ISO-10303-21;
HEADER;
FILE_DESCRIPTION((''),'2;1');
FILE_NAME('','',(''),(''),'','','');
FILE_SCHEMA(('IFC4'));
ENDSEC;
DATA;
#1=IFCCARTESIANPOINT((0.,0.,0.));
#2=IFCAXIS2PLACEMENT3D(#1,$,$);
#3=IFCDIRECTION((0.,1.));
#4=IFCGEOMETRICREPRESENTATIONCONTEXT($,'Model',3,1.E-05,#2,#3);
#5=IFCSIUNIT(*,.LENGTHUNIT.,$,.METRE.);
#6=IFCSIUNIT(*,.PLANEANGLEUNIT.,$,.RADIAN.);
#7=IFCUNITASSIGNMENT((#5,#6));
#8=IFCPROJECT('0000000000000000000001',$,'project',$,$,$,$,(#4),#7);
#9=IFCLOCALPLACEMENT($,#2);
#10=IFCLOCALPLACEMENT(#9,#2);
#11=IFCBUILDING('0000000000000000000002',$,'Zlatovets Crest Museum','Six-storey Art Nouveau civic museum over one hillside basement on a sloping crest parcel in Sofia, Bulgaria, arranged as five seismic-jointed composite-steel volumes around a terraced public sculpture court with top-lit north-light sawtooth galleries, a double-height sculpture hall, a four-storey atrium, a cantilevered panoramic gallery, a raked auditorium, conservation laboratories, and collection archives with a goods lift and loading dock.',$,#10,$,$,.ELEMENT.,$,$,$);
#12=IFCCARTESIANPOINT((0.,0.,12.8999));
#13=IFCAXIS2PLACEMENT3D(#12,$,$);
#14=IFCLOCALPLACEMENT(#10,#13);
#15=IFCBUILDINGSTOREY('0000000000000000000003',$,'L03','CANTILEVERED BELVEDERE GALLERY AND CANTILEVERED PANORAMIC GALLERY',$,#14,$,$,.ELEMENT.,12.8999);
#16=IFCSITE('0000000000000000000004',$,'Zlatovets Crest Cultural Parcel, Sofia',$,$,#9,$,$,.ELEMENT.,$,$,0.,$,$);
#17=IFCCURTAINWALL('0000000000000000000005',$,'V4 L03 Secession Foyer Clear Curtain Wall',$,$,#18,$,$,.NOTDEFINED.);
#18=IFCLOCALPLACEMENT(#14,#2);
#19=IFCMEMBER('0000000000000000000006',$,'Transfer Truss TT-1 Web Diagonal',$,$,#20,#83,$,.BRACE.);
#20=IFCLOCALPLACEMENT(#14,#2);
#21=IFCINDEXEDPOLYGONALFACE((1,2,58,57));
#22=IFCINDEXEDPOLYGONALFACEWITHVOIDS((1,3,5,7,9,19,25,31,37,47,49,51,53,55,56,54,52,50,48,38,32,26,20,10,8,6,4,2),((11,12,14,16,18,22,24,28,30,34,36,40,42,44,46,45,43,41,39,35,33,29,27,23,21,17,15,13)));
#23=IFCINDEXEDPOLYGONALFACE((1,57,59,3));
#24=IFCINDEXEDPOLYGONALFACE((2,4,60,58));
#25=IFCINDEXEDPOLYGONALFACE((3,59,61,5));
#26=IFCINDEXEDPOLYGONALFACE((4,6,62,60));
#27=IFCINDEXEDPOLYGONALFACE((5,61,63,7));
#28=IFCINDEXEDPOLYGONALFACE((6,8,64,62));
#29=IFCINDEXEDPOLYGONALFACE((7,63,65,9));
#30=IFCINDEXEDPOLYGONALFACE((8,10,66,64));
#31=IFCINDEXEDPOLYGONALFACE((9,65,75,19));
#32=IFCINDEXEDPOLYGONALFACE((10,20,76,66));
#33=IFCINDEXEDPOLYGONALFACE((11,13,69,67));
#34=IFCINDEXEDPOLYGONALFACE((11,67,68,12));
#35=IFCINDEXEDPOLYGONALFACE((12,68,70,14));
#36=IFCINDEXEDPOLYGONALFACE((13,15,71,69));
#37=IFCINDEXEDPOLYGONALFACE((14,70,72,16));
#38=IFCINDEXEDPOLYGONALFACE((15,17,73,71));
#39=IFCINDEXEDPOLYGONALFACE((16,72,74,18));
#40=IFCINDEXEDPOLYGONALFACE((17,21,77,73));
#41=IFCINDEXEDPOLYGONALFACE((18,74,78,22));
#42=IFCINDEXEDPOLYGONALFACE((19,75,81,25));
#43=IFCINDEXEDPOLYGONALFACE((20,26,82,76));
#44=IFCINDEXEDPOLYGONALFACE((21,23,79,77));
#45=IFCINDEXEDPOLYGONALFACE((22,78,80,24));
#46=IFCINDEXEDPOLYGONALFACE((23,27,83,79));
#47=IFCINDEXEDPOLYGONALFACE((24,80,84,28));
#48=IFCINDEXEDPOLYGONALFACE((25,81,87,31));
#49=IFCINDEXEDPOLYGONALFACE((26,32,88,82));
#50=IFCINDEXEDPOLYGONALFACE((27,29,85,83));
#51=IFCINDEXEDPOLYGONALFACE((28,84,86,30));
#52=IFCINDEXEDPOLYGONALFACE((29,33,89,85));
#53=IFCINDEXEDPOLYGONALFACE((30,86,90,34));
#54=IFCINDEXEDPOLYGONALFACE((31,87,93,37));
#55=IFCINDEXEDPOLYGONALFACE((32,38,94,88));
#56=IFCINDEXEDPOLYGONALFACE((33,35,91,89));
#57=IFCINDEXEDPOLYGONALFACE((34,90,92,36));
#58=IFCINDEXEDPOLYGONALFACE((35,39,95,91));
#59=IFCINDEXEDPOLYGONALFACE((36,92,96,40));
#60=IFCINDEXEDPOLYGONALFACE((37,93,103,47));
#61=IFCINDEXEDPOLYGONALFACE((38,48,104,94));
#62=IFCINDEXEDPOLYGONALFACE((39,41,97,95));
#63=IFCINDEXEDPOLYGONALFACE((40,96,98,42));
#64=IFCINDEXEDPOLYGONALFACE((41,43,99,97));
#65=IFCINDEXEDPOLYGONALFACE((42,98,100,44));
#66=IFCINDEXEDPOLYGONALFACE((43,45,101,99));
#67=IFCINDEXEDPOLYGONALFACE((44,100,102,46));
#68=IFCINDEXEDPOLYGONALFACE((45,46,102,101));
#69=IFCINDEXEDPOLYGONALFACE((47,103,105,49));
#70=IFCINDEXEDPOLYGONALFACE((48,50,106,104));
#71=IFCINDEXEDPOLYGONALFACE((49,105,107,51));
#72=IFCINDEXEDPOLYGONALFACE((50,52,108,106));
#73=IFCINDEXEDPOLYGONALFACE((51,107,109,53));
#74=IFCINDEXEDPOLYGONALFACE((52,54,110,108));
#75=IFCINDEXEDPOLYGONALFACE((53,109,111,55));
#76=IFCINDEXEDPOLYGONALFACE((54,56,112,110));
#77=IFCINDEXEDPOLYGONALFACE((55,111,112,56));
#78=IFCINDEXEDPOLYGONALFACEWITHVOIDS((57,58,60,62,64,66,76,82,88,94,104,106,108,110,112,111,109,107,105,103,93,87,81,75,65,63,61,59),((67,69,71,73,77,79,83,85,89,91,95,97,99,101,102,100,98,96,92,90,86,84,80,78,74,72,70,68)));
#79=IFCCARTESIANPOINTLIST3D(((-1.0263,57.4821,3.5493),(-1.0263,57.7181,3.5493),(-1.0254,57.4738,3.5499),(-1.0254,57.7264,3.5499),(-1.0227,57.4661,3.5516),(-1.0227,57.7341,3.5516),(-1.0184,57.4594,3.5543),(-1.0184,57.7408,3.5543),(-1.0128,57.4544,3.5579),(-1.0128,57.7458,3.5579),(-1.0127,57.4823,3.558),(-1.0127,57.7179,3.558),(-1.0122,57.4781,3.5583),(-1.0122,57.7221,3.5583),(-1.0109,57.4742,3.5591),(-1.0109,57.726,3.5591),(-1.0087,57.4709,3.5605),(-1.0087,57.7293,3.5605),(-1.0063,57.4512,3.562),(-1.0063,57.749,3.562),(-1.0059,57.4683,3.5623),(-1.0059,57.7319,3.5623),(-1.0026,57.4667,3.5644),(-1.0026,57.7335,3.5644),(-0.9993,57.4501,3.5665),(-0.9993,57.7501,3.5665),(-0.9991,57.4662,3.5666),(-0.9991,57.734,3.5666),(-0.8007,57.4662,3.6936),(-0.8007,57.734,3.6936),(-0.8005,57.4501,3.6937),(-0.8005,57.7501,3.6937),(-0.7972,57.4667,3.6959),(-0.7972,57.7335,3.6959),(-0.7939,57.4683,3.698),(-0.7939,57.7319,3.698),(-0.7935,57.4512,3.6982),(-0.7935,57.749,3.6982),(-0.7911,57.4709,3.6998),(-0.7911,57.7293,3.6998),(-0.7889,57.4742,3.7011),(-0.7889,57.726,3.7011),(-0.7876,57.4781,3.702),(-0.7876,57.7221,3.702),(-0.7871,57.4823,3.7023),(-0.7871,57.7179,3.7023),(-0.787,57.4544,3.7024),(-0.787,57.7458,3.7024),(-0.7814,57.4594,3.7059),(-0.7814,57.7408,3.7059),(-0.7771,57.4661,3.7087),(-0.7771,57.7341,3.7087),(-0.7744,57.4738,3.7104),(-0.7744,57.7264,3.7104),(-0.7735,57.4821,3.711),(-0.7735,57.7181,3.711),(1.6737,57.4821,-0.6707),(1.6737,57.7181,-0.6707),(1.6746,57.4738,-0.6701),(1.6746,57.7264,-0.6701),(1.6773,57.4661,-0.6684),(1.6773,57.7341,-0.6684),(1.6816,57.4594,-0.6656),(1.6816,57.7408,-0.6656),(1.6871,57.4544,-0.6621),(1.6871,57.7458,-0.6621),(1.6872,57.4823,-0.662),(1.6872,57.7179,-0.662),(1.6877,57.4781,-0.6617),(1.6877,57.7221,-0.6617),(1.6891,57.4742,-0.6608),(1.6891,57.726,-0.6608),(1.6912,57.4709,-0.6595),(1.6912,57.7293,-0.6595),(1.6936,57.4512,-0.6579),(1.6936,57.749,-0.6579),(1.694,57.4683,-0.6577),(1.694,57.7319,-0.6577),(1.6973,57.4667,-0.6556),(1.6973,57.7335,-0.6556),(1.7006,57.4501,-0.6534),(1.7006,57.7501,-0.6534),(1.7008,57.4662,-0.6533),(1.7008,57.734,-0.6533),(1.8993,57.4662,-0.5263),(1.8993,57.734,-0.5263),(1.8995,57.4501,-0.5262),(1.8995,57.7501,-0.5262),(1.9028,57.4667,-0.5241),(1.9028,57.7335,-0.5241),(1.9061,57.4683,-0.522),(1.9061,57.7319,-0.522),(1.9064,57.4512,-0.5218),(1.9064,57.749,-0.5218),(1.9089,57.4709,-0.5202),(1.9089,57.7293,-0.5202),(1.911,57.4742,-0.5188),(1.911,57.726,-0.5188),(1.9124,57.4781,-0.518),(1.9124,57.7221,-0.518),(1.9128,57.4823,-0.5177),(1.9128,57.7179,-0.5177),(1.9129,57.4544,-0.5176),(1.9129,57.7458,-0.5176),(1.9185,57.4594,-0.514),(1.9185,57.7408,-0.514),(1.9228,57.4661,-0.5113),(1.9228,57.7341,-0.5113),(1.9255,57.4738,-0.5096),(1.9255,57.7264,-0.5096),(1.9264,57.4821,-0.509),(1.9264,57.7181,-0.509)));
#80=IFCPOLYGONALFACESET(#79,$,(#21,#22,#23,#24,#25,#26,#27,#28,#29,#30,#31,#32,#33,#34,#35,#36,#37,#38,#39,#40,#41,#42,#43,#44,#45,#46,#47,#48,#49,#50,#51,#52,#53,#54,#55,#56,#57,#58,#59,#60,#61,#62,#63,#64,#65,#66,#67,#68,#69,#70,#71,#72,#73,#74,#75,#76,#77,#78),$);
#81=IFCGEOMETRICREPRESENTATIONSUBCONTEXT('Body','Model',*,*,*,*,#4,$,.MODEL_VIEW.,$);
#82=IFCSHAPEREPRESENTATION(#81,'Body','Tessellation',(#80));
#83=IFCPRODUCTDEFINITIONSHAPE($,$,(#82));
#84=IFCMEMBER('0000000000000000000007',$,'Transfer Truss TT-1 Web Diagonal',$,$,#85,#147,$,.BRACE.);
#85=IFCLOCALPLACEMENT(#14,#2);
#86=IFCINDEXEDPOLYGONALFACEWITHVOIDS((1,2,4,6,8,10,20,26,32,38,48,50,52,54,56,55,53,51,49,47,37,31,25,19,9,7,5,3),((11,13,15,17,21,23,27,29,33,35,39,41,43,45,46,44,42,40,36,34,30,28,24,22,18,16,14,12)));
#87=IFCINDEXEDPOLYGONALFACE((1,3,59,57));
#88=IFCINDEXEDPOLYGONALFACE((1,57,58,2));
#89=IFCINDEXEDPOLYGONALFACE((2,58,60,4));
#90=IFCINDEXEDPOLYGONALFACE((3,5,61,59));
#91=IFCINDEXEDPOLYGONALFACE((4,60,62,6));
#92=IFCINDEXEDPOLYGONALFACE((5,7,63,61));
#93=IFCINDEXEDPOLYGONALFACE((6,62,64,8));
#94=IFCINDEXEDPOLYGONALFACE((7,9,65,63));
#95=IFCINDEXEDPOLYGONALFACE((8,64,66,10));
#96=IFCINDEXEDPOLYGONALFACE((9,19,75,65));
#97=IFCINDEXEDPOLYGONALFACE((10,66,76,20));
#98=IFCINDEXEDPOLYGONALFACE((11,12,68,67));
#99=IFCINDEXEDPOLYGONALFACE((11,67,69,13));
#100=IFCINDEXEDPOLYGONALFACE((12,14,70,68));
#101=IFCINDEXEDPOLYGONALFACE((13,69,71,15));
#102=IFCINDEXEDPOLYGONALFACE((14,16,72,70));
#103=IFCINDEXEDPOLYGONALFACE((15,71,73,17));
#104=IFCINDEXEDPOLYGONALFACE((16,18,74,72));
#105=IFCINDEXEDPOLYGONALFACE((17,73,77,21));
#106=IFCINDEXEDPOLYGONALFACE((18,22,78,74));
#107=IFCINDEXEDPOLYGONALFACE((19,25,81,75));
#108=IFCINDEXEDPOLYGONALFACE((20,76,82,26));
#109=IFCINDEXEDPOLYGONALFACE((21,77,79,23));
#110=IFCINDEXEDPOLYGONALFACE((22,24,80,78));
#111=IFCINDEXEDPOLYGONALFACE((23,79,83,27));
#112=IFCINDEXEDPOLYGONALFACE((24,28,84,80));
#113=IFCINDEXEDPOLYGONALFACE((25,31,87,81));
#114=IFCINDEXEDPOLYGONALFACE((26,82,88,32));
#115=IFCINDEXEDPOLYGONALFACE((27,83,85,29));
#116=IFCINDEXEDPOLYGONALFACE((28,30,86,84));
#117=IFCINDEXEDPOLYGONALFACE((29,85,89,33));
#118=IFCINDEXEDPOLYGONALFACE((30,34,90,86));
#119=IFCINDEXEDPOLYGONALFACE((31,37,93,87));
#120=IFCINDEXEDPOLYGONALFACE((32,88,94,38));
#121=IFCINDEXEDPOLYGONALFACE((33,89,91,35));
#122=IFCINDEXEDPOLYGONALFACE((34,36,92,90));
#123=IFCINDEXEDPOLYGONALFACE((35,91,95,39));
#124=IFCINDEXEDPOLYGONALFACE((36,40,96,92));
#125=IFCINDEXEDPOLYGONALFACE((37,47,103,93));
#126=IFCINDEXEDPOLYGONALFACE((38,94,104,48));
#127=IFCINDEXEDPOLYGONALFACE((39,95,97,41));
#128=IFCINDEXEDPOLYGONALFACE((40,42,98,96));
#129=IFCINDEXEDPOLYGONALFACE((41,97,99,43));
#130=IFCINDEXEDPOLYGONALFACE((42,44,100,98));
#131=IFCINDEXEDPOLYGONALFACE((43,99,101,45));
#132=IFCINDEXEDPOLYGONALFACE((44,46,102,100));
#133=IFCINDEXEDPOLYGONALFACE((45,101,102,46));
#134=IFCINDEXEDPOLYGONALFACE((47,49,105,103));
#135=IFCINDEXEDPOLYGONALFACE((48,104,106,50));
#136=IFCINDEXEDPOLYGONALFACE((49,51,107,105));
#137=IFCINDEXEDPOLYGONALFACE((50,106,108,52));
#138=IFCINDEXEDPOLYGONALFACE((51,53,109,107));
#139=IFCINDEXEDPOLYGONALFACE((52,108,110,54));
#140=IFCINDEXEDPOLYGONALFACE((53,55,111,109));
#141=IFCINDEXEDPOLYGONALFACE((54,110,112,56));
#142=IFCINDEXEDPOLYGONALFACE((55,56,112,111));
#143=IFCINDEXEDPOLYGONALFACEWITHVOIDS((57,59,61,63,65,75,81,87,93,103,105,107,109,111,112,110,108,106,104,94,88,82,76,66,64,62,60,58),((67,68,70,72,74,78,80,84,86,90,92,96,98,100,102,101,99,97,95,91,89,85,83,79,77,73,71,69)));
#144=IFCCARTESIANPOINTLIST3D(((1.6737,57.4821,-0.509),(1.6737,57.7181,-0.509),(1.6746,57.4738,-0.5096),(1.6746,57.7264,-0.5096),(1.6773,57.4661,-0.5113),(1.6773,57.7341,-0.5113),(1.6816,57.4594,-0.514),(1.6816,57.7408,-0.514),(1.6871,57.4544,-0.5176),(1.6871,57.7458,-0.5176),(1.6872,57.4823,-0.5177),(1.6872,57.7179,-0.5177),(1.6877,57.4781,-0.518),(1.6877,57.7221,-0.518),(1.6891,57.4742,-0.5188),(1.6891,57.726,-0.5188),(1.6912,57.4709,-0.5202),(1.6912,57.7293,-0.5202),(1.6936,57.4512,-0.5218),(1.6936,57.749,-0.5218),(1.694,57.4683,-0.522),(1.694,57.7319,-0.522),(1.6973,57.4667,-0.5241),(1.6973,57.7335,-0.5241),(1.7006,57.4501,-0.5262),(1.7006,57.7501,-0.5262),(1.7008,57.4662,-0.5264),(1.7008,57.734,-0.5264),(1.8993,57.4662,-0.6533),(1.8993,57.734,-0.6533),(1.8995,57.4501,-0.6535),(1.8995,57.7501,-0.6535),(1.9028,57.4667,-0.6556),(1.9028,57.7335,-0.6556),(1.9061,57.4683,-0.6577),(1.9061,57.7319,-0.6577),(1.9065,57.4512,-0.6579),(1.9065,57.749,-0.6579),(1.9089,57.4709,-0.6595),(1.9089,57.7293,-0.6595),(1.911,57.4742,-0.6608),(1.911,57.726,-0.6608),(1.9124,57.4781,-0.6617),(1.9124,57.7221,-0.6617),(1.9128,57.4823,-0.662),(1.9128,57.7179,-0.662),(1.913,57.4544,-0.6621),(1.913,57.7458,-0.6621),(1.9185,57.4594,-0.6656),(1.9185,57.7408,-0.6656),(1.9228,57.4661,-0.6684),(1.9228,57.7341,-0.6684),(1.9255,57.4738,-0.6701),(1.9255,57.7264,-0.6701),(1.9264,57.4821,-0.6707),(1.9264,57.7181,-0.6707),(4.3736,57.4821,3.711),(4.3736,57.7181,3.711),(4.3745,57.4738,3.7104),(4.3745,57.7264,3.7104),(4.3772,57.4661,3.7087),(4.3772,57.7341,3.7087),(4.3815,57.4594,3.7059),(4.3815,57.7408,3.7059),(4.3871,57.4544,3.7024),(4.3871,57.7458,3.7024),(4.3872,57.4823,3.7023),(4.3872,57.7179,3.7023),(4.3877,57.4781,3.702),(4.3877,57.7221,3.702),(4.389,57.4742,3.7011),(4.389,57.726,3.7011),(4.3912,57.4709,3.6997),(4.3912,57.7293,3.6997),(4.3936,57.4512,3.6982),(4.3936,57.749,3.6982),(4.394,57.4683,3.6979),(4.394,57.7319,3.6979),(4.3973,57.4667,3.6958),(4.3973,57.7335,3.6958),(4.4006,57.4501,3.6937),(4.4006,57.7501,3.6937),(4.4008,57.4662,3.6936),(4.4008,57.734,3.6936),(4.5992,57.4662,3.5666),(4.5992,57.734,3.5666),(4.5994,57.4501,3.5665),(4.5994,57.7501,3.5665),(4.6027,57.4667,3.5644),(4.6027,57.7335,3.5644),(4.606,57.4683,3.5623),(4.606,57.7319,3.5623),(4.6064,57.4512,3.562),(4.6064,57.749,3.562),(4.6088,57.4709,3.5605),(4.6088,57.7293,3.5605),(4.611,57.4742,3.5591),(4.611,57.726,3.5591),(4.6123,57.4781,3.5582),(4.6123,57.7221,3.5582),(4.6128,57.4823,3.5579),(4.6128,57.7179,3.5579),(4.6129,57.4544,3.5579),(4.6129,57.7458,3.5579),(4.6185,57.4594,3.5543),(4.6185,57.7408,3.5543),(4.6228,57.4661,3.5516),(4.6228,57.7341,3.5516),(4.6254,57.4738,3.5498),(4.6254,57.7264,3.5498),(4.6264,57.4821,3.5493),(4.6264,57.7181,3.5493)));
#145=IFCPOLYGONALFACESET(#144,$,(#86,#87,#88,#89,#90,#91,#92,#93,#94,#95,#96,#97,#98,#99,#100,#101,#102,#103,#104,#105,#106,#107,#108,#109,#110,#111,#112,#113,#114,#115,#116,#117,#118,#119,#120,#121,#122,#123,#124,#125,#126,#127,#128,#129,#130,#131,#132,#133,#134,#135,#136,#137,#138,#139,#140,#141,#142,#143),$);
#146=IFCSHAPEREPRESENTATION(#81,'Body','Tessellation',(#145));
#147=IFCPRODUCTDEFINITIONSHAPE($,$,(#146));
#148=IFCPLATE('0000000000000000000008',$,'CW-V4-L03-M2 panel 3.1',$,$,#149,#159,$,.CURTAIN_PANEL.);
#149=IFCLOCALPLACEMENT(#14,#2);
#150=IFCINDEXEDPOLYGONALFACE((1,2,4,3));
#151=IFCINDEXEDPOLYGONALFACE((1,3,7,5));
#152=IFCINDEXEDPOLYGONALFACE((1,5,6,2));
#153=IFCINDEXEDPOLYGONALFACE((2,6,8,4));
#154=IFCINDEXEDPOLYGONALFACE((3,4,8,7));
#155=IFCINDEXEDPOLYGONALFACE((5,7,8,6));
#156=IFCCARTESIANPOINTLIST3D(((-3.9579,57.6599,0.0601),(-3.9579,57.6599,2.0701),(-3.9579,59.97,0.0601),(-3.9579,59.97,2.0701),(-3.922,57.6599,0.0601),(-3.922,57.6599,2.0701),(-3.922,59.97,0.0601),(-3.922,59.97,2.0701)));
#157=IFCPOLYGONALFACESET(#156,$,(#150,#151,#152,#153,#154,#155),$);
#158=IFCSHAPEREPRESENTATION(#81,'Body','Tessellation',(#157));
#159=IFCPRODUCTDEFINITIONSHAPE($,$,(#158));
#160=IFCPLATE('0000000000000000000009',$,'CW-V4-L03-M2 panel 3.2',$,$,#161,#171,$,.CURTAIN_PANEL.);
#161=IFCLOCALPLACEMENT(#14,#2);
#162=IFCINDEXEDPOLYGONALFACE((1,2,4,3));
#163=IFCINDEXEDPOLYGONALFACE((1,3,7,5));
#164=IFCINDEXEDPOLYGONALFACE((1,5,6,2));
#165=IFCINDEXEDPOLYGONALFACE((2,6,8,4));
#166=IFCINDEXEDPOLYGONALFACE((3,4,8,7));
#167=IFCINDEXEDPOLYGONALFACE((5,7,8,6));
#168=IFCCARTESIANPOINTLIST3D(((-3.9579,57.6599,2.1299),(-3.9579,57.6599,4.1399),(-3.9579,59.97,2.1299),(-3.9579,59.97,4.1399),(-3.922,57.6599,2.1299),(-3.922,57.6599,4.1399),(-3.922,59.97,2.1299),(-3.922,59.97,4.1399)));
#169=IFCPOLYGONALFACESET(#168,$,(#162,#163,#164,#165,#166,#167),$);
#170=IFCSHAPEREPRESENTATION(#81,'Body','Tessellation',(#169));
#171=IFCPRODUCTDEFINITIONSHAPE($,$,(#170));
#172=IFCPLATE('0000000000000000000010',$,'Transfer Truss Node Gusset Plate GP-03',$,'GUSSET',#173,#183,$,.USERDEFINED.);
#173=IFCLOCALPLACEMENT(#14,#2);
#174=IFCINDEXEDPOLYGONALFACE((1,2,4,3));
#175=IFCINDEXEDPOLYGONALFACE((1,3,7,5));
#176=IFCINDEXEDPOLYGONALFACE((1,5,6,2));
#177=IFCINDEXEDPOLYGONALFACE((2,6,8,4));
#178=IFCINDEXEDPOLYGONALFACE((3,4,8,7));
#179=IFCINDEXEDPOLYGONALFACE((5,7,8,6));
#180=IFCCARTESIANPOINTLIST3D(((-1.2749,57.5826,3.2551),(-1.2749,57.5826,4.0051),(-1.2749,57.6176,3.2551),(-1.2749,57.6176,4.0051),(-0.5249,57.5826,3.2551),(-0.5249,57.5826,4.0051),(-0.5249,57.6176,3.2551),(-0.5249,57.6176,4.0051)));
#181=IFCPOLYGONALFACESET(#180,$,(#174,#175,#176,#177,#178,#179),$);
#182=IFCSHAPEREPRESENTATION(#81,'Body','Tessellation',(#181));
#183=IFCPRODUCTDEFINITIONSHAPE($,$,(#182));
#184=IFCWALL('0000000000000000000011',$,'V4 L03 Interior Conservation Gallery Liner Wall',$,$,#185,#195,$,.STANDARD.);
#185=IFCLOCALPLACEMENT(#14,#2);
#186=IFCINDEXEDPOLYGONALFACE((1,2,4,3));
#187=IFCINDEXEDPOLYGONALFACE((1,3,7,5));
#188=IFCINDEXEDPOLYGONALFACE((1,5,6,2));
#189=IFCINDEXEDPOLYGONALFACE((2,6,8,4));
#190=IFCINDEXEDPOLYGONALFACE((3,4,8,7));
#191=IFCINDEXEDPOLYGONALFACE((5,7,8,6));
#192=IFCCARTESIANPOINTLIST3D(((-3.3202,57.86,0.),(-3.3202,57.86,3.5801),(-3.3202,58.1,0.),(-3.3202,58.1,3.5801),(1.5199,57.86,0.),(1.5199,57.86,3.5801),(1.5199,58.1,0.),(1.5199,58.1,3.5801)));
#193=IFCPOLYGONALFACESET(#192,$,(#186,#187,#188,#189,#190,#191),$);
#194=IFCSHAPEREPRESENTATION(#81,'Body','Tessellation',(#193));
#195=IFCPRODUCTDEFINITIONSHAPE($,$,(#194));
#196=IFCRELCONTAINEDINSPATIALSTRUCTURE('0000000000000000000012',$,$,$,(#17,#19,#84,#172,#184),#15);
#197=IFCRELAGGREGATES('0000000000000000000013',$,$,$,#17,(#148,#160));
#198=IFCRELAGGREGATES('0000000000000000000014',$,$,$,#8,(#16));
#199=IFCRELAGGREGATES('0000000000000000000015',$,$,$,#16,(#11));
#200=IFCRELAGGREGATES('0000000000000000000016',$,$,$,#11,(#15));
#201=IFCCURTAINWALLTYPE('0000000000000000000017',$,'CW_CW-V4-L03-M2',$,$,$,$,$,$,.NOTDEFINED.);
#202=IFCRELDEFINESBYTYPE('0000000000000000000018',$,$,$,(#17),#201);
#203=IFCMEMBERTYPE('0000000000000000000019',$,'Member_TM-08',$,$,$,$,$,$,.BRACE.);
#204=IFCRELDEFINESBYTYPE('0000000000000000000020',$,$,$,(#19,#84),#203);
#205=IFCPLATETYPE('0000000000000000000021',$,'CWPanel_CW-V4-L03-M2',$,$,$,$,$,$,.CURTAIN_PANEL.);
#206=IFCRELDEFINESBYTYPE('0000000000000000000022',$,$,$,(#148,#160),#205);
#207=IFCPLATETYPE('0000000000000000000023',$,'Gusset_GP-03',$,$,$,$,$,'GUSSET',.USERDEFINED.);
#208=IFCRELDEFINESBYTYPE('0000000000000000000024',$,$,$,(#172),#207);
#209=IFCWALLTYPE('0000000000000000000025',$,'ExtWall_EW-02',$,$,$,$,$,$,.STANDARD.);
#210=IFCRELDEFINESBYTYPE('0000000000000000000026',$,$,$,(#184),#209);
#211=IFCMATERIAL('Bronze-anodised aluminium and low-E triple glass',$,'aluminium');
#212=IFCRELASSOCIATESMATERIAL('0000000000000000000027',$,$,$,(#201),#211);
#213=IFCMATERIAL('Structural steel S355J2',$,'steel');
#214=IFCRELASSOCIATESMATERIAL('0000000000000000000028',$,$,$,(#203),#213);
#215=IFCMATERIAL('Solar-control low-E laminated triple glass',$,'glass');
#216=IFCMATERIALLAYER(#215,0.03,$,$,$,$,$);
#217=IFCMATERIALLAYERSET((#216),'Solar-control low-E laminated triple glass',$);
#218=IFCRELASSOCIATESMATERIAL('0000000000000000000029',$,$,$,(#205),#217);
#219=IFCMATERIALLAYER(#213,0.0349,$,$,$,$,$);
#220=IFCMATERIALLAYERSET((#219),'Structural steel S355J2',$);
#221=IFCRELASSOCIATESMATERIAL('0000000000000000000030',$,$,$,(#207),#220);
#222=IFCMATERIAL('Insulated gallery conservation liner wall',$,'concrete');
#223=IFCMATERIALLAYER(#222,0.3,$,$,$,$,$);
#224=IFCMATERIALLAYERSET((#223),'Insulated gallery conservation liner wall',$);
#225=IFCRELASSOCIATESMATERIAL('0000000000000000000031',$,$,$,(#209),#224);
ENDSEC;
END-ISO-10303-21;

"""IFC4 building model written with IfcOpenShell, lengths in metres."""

from ifc_helpers import new_model, si_unit, direction, frame, frame_2d, origin, origin_2d, place, context, subcontext, project, spatial, rectangle, hollow_rectangle, extrude, material, layer, layer_set, material_profile, profile_set, type_object, element, aggregate, save


model = new_model("IFC4")

# Units and contexts
model_context = context("Model", 3, precision=1e-05, world=origin(), true_north=direction((0.0, 1.0)))
body_context = subcontext(model_context, "Body", "Model", "MODEL_VIEW")
ifc_project = project(units=[si_unit("LENGTHUNIT", "METRE"), si_unit("PLANEANGLEUNIT", "RADIAN")], contexts=[model_context])

# Site, building, storey
site_placement = place(None, origin())
site = spatial("IfcSite", under=ifc_project, at=site_placement, Name="Zlatovets Crest Cultural Parcel, Sofia", CompositionType="ELEMENT", RefElevation=0.0)
building_placement = place(site_placement, origin())
building = spatial("IfcBuilding", under=site, at=building_placement, Name="Zlatovets Crest Museum", Description="Six-storey Art Nouveau civic museum over one hillside basement on a sloping crest parcel in Sofia, Bulgaria, arranged as five seismic-jointed composite-steel volumes around a terraced public sculpture court with top-lit north-light sawtooth galleries, a double-height sculpture hall, a four-storey atrium, a cantilevered panoramic gallery, a raked auditorium, conservation laboratories, and collection archives with a goods lift and loading dock.", CompositionType="ELEMENT")
storey_placement = place(building_placement, frame((0.0, 0.0, 12.8999)))
storey = spatial("IfcBuildingStorey", under=building, at=storey_placement, Name="L03", Description="CANTILEVERED BELVEDERE GALLERY AND CANTILEVERED PANORAMIC GALLERY", CompositionType="ELEMENT", Elevation=12.8999)

# Shared definitions
ifc_material_1 = material(Name="Structural steel S355J2", Category="steel")

# Curtain wall
ifc_material_2 = material(Name="Bronze-anodised aluminium and low-E triple glass", Category="aluminium")
curtain_wall_type = type_object("IfcCurtainWallType", Name="CW_CW-V4-L03-M2", PredefinedType="NOTDEFINED", material=ifc_material_2)
curtain_wall_placement = place(storey_placement, origin())
curtain_wall = element("IfcCurtainWall", 1, at=curtain_wall_placement, inside=storey, type_object=curtain_wall_type, Name="V4 L03 Secession Foyer Clear Curtain Wall", PredefinedType="NOTDEFINED")

# Members
ifc_material_profile_1 = material_profile(ifc_material_1, hollow_rectangle(XDim=0.3, YDim=0.3, WallThickness=0.0161, InnerFilletRadius=0.0161, OuterFilletRadius=0.032, at=origin_2d()), Name="SHS 300x300x16.0")
ifc_profile_set_1 = profile_set([ifc_material_profile_1], Name="Structural steel S355J2")
member_type_1 = type_object("IfcMemberType", Name="Member_TM-08", PredefinedType="BRACE", material=ifc_profile_set_1)
for number, where, z_axis, x_axis, name in (
    (2, (-0.8999, 57.6001, 3.6301), (0.538936, 0.0, -0.842347), (0.0, 1.0, 0.0), "Transfer Truss TT-1 Web Diagonal"),
    (3, (1.8, 57.6001, -0.5898), (0.538936, 0.0, 0.842347), (0.0, 1.0, 0.0), "Transfer Truss TT-1 Web Diagonal"),
):
    element("IfcMember", number, at=place(storey_placement, frame(where, z_axis=z_axis, x_axis=x_axis)), inside=storey, type_object=member_type_1, Name=name, PredefinedType="BRACE", context=body_context, shape_type="SweptSolid", body=[
        extrude(hollow_rectangle(XDim=0.3, YDim=0.3, WallThickness=0.0161, InnerFilletRadius=0.0161, OuterFilletRadius=0.032, at=origin_2d()), origin(), (0.0, 0.0, 1.0), 5.0098),
    ])

# Plates
ifc_material_3 = material(Name="Solar-control low-E laminated triple glass", Category="glass")
ifc_layer_1 = layer(ifc_material_3, 0.03)
ifc_layer_set_1 = layer_set([ifc_layer_1], Name="Solar-control low-E laminated triple glass")
plate_type_1 = type_object("IfcPlateType", Name="CWPanel_CW-V4-L03-M2", PredefinedType="CURTAIN_PANEL", material=ifc_layer_set_1)
plate_1_placement = place(storey_placement, frame((-3.9399, 58.8149, 0.0601), z_axis=(0.0, 0.0, 1.0), x_axis=(0.0, -1.0, 0.0)))
plate_1 = element("IfcPlate", 4, at=plate_1_placement, type_object=plate_type_1, Name="CW-V4-L03-M2 panel 3.1", PredefinedType="CURTAIN_PANEL", context=body_context, shape_type="SweptSolid", body=[
    extrude(rectangle(XDim=2.3101, YDim=0.0359, at=origin_2d()), origin(), (0.0, 0.0, 1.0), 2.01),
])
plate_2_placement = place(storey_placement, frame((-3.9399, 58.8149, 2.1299), z_axis=(0.0, 0.0, 1.0), x_axis=(0.0, -1.0, 0.0)))
plate_2 = element("IfcPlate", 5, at=plate_2_placement, type_object=plate_type_1, Name="CW-V4-L03-M2 panel 3.2", PredefinedType="CURTAIN_PANEL", context=body_context, shape_type="SweptSolid", body=[
    extrude(rectangle(XDim=2.3101, YDim=0.0359, at=origin_2d()), origin(), (0.0, 0.0, 1.0), 2.01),
])
aggregate(curtain_wall, [plate_1, plate_2])
ifc_layer_2 = layer(ifc_material_1, 0.0349)
ifc_layer_set_2 = layer_set([ifc_layer_2], Name="Structural steel S355J2")
plate_type_2 = type_object("IfcPlateType", Name="Gusset_GP-03", ElementType="GUSSET", PredefinedType="USERDEFINED", material=ifc_layer_set_2)
plate_3_placement = place(storey_placement, frame((-0.8999, 57.6001, 3.2551), z_axis=(0.0, 0.0, 1.0), x_axis=(1.0, 0.0, 0.0)))
element("IfcPlate", 6, at=plate_3_placement, inside=storey, type_object=plate_type_2, Name="Transfer Truss Node Gusset Plate GP-03", ObjectType="GUSSET", PredefinedType="USERDEFINED", context=body_context, shape_type="SweptSolid", body=[
    extrude(rectangle(XDim=0.75, YDim=0.0349, at=origin_2d()), origin(), (0.0, 0.0, 1.0), 0.75),
])

# Wall
ifc_material_4 = material(Name="Insulated gallery conservation liner wall", Category="concrete")
ifc_layer_3 = layer(ifc_material_4, 0.3)
ifc_layer_set_3 = layer_set([ifc_layer_3], Name="Insulated gallery conservation liner wall")
wall_type_1 = type_object("IfcWallType", Name="ExtWall_EW-02", PredefinedType="STANDARD", material=ifc_layer_set_3)
wall_1_placement = place(storey_placement, frame((-3.3201, 57.98, 0.0), z_axis=(0.0, 0.0, 1.0), x_axis=(1.0, 0.0, 0.0)))
element("IfcWall", 7, at=wall_1_placement, inside=storey, type_object=wall_type_1, Name="V4 L03 Interior Conservation Gallery Liner Wall", PredefinedType="STANDARD", context=body_context, shape_type="SweptSolid", body=[
    extrude(rectangle(XDim=4.8401, YDim=0.24, at=frame_2d((2.4199, 0.0))), origin(), (0.0, 0.0, 1.0), 3.5801),
])

save(model, "model.ifc")
